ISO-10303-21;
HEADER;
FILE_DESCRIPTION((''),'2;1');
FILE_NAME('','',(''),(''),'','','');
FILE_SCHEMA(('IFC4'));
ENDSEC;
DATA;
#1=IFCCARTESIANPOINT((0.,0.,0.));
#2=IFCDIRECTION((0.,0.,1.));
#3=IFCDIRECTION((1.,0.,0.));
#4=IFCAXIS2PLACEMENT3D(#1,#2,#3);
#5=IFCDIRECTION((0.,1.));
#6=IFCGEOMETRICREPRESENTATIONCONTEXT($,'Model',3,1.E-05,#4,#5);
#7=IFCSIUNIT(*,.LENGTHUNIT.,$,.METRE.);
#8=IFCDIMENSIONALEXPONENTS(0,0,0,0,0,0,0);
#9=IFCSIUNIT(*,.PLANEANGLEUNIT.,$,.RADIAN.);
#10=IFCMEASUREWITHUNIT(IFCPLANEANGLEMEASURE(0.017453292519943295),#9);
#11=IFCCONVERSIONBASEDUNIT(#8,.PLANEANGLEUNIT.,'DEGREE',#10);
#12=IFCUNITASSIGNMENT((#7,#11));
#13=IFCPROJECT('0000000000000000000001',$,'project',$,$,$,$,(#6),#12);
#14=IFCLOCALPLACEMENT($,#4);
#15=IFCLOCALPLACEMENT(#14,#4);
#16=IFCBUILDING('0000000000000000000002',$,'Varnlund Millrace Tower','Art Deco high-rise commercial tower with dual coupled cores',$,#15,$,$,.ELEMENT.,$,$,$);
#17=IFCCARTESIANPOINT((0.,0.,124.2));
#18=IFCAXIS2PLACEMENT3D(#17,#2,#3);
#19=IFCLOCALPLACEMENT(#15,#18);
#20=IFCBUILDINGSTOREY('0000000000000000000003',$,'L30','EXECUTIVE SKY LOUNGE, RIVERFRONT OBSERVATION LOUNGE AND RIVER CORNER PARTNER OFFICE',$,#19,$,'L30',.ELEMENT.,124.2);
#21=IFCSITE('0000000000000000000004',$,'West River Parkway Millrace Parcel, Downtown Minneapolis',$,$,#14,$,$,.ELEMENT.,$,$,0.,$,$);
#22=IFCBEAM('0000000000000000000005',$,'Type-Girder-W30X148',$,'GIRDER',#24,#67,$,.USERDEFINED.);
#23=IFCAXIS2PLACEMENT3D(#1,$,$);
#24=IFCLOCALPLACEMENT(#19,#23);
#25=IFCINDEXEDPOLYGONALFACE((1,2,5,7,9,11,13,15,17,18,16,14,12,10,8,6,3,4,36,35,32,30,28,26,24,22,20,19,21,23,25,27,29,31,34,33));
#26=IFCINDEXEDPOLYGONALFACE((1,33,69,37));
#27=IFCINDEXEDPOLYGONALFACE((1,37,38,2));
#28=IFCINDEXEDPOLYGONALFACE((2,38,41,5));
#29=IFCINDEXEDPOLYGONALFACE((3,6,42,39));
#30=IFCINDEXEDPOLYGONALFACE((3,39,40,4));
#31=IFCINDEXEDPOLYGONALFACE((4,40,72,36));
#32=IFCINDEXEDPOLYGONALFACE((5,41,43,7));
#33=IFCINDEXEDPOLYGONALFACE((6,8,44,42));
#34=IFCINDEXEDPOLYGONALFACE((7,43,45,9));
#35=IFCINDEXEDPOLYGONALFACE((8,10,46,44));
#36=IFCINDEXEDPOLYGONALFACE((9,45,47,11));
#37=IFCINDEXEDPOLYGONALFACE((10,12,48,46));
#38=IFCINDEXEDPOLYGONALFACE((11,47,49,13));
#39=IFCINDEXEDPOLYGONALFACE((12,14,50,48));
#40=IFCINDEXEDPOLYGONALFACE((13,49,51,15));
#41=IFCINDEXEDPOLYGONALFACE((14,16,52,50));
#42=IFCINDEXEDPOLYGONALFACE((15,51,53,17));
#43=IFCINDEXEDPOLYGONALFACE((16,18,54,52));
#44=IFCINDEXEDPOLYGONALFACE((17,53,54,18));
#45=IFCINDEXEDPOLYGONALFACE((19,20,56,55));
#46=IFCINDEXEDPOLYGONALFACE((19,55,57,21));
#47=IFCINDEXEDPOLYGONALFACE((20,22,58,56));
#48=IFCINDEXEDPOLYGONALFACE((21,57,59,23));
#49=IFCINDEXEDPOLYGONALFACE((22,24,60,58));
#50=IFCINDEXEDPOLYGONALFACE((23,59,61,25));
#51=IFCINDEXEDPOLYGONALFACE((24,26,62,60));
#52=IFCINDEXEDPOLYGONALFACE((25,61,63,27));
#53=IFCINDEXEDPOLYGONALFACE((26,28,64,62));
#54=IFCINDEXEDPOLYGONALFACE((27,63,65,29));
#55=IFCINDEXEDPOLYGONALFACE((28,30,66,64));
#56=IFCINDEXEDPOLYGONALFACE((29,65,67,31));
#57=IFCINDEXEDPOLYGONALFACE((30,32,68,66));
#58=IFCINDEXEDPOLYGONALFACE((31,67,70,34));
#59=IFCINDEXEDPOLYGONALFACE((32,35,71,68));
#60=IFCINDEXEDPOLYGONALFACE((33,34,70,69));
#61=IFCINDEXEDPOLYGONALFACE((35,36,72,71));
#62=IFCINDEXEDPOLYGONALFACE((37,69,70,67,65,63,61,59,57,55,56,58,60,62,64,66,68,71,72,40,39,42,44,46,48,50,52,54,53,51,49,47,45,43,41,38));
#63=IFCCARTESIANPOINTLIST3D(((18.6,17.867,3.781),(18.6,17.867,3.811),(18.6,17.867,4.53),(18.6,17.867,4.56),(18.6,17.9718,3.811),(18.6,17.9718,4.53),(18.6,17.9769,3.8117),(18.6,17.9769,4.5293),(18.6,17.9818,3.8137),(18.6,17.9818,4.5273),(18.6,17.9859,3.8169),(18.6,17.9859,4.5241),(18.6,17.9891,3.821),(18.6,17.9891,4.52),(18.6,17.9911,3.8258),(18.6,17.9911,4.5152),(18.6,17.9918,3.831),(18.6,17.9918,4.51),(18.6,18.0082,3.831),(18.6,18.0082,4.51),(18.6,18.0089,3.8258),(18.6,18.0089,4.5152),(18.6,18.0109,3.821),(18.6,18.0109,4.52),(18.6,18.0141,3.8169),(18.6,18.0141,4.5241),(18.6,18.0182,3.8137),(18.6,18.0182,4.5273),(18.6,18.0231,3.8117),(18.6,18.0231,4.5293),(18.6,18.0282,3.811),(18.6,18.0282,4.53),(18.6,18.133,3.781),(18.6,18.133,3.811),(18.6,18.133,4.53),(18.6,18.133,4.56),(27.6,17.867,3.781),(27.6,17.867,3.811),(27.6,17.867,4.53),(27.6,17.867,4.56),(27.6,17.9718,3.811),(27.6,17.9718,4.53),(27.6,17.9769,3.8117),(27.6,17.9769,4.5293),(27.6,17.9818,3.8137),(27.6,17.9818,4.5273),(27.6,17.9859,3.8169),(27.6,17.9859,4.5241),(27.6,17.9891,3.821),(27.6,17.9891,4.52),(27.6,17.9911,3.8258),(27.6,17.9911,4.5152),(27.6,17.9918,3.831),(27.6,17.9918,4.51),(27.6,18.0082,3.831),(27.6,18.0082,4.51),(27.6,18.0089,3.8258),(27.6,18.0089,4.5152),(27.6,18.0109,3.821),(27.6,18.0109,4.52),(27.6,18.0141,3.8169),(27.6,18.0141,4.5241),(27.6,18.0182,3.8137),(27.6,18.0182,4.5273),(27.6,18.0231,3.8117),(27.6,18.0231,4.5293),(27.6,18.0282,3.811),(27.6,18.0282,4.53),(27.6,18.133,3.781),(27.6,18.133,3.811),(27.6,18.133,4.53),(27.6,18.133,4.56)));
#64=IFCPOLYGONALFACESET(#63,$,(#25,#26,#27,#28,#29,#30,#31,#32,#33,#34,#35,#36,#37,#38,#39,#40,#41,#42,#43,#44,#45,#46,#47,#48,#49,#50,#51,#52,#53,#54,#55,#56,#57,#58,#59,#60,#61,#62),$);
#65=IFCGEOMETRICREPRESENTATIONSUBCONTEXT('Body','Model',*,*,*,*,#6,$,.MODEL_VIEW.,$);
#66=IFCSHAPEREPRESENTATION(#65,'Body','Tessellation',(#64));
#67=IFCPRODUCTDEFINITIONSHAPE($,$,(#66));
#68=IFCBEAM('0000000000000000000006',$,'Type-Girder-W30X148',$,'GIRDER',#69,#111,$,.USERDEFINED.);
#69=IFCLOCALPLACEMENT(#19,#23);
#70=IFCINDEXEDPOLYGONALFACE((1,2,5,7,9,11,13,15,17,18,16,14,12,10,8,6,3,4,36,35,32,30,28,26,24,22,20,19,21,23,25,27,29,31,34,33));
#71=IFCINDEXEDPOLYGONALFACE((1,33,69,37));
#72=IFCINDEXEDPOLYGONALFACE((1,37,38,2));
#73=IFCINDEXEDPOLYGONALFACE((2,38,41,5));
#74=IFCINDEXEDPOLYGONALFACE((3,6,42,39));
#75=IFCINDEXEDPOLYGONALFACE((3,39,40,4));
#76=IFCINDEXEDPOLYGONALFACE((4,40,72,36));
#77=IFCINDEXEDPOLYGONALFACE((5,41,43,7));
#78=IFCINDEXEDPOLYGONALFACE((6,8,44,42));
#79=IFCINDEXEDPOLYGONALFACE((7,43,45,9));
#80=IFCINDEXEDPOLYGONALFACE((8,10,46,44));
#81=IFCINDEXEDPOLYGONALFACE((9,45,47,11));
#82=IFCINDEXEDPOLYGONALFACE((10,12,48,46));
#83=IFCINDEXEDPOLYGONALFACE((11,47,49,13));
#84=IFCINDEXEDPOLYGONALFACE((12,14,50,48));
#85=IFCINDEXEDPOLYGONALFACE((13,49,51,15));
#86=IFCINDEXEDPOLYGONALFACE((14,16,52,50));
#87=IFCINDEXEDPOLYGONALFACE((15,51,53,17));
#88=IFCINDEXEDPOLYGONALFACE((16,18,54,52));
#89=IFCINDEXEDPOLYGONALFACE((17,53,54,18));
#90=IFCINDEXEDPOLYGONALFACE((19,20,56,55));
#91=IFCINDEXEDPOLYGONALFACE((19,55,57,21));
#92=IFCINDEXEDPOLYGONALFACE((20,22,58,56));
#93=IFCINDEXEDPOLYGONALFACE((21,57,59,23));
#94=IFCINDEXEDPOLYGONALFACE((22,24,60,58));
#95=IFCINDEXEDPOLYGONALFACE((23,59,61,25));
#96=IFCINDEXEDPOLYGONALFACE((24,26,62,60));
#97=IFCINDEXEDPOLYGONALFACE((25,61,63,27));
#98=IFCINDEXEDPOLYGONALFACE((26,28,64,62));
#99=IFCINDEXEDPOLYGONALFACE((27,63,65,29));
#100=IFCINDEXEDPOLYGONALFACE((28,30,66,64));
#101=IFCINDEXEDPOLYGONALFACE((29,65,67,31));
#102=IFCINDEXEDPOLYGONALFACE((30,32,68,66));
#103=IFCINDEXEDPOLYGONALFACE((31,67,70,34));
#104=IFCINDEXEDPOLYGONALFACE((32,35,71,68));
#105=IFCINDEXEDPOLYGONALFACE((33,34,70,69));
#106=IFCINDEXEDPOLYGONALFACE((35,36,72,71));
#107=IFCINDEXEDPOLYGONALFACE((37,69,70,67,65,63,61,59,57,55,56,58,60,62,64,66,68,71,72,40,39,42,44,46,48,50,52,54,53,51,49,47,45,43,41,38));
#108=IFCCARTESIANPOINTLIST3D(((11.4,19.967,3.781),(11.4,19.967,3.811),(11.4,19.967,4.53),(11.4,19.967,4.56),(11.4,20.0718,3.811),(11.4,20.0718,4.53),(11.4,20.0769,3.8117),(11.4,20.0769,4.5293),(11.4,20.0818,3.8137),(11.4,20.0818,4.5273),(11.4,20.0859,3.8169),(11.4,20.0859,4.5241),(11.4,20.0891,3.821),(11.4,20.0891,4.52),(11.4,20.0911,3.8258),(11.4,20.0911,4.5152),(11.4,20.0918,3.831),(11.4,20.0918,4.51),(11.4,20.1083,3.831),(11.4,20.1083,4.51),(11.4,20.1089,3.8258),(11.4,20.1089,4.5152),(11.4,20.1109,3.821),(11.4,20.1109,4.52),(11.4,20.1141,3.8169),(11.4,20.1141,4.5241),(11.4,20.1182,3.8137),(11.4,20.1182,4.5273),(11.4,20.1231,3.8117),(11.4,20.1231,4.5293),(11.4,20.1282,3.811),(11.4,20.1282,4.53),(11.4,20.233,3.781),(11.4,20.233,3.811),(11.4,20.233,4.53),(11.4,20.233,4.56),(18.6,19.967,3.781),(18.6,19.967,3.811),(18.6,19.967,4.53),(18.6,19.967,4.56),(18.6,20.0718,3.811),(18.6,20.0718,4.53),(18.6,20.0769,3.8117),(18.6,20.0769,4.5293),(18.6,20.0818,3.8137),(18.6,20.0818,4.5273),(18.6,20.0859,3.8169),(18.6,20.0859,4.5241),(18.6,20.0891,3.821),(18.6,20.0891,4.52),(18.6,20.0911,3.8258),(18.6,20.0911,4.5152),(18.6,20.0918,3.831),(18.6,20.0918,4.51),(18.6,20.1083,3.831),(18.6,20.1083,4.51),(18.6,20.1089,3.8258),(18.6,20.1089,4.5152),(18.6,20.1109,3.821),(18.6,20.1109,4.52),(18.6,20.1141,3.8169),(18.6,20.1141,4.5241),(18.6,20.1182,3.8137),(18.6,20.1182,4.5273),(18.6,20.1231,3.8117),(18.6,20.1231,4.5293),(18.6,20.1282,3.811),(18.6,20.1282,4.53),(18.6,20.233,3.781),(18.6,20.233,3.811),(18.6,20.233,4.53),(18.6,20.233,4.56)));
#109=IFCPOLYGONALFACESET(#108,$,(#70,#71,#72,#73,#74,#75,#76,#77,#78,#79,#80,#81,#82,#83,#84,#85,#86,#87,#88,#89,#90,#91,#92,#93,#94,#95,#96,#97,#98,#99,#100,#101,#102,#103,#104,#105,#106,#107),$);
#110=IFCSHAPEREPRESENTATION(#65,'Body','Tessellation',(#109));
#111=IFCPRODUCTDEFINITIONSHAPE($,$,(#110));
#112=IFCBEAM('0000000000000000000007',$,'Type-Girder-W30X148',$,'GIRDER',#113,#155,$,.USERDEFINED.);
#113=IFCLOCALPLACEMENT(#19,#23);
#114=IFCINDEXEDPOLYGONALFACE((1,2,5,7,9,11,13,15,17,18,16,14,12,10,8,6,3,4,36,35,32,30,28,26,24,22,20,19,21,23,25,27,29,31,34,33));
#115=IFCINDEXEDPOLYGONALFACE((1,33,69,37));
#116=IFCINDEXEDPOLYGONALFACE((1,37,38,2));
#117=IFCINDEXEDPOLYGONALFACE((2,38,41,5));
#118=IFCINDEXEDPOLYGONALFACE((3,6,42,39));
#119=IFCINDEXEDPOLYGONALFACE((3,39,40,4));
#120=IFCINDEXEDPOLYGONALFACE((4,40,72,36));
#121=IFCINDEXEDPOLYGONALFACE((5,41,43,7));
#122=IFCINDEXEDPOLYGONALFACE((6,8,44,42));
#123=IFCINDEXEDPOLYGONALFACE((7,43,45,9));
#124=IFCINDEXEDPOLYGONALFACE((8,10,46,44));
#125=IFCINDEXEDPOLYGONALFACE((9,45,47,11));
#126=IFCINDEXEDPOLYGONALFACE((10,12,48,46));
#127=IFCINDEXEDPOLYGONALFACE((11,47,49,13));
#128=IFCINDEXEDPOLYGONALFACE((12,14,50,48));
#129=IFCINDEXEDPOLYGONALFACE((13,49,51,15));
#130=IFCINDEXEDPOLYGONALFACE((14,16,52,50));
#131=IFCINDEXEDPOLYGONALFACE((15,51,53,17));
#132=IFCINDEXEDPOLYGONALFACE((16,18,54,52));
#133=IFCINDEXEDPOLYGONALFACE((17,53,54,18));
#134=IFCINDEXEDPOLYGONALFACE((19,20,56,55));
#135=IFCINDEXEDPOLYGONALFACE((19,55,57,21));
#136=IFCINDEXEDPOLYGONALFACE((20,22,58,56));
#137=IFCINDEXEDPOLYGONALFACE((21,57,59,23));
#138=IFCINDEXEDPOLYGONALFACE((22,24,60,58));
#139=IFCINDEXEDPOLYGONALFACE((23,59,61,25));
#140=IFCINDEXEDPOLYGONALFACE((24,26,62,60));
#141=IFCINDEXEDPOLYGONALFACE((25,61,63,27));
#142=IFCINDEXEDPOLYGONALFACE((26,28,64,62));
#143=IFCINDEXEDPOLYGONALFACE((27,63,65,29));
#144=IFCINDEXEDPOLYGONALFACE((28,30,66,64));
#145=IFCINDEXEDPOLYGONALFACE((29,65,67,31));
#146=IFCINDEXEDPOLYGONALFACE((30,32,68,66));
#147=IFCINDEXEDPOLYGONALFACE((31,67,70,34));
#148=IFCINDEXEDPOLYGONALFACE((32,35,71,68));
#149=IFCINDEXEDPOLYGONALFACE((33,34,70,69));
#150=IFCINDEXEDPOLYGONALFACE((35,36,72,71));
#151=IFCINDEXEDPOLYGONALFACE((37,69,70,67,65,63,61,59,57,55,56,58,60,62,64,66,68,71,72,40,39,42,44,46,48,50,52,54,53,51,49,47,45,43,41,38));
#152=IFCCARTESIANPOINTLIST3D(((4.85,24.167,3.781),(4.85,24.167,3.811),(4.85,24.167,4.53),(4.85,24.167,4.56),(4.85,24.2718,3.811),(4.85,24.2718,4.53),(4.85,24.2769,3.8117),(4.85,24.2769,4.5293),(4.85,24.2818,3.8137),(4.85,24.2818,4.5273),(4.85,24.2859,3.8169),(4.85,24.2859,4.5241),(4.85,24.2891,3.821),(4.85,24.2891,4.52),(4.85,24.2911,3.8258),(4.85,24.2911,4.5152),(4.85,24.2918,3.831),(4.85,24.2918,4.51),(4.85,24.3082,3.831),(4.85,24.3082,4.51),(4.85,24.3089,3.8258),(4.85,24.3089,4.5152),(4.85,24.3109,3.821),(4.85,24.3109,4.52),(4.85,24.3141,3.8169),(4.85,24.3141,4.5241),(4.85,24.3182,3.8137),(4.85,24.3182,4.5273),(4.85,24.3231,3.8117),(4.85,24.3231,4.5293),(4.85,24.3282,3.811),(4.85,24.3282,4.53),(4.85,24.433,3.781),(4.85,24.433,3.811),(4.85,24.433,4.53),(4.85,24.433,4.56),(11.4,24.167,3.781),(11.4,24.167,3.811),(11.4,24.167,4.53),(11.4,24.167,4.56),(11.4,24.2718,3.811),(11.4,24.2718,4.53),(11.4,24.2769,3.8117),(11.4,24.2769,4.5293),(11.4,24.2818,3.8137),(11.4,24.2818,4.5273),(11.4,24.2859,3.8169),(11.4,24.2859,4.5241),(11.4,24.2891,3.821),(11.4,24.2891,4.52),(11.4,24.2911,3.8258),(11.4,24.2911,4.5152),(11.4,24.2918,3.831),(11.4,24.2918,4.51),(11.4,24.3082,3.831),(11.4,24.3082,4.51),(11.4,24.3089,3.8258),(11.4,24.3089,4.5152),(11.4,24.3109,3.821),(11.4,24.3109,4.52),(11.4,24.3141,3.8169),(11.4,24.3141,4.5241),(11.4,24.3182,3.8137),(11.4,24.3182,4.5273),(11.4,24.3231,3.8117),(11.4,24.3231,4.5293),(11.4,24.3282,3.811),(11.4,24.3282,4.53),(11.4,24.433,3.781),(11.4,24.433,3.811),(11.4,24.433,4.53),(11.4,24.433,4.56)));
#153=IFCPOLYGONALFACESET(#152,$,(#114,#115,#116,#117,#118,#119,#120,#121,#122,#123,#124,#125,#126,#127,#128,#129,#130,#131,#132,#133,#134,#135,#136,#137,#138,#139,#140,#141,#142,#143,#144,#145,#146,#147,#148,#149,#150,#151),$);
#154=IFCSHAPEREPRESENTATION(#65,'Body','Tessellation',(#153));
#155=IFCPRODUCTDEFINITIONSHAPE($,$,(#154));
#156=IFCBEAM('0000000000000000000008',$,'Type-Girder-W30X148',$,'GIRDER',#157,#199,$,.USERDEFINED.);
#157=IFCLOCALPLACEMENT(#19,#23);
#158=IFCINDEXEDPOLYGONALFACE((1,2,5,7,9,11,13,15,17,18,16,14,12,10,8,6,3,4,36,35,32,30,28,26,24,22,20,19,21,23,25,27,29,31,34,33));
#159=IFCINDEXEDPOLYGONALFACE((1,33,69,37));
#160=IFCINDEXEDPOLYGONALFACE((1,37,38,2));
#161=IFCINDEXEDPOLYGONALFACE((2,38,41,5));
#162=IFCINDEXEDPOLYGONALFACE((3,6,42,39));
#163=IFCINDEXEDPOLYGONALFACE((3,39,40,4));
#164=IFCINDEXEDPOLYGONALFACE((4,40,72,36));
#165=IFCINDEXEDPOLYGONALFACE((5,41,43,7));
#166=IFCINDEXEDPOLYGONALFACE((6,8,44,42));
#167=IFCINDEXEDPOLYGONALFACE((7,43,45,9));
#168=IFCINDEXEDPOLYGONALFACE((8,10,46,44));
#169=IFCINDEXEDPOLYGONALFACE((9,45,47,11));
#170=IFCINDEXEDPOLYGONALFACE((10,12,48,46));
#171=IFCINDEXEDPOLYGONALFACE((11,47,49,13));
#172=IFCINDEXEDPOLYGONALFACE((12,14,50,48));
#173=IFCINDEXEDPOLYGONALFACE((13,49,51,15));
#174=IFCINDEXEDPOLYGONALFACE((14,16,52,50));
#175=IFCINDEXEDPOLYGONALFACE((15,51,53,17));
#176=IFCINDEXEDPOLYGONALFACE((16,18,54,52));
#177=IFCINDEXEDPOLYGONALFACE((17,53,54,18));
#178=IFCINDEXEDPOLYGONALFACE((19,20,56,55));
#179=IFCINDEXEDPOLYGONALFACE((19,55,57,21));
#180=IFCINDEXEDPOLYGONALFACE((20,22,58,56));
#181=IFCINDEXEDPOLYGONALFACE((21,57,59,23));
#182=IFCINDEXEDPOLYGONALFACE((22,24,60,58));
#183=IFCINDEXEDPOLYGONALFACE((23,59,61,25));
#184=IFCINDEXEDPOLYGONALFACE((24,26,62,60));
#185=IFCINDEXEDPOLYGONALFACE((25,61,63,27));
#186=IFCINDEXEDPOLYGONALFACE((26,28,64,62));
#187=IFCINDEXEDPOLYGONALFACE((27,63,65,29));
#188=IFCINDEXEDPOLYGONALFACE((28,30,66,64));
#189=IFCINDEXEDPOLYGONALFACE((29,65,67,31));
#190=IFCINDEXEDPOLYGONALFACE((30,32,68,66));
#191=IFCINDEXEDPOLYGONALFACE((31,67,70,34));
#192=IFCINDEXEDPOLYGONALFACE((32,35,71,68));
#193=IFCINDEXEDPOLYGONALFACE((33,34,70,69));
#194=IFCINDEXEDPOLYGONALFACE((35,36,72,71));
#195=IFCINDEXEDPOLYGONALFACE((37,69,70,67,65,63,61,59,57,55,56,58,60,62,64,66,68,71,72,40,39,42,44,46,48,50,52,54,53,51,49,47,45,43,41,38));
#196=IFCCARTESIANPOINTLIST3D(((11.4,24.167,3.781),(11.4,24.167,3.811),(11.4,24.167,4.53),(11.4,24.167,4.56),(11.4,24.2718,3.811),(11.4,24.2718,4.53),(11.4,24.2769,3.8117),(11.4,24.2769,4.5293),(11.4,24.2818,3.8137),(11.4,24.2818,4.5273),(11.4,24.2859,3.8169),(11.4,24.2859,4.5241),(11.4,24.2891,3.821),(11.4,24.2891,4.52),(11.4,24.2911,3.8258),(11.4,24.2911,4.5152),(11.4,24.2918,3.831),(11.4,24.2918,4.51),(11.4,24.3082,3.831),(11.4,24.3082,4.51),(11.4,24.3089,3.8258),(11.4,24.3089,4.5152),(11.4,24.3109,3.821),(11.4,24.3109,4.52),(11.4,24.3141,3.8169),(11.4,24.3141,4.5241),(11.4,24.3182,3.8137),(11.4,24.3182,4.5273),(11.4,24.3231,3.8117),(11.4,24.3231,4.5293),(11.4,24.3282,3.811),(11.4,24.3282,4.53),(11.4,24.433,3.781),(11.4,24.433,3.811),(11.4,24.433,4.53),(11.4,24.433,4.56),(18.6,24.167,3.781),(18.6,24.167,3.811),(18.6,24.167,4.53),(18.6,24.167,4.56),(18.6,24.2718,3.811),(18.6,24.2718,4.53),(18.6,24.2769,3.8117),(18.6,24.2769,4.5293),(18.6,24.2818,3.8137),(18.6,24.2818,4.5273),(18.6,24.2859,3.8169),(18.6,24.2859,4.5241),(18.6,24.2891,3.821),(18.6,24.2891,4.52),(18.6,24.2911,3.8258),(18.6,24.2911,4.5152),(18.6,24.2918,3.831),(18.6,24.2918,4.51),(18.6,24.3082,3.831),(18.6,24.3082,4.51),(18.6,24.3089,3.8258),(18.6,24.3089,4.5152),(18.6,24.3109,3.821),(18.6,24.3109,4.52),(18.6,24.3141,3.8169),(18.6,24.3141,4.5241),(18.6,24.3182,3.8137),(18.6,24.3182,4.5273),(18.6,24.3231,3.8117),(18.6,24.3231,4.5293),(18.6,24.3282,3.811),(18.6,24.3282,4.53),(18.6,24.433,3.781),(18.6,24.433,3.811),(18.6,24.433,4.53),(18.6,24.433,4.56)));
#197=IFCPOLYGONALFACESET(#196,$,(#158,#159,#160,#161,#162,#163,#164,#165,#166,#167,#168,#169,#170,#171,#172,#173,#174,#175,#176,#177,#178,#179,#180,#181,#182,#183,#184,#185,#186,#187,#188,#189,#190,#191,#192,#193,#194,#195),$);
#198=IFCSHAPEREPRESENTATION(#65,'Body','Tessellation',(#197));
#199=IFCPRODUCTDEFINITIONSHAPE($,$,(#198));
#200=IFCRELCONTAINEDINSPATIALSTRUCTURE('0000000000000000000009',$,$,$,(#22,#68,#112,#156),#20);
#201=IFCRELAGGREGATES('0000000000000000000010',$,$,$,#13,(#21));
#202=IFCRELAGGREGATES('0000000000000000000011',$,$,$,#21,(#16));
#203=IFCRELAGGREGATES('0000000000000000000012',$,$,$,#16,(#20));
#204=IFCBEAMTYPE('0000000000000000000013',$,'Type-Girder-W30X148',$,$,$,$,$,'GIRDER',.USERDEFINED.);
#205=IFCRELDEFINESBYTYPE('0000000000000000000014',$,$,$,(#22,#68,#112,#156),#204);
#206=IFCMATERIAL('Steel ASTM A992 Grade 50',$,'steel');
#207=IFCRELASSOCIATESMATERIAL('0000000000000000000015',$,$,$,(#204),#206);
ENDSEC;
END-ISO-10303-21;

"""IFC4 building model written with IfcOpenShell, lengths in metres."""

from ifc_helpers import new_model, entity, si_unit, converted_unit, direction, frame, origin_with_axes, origin_2d_with_axis, place, context, subcontext, project, spatial, i_section, extrude, material, material_profile, profile_set, type_object, element, save


model = new_model("IFC4")

# Units and contexts
model_context = context("Model", 3, precision=1e-05, world=origin_with_axes(), true_north=direction((0.0, 1.0)))
body_context = subcontext(model_context, "Body", "Model", "MODEL_VIEW")
ifc_project = project(units=[si_unit("LENGTHUNIT", "METRE"), converted_unit("PLANEANGLEUNIT", "DEGREE", entity("IfcPlaneAngleMeasure", 0.017453292519943295), si_unit("PLANEANGLEUNIT", "RADIAN"), dimensions=[0, 0, 0, 0, 0, 0, 0])], contexts=[model_context])

# Site, building, storey
site_placement = place(None, origin_with_axes())
site = spatial("IfcSite", under=ifc_project, at=site_placement, Name="West River Parkway Millrace Parcel, Downtown Minneapolis", CompositionType="ELEMENT", RefElevation=0.0)
building_placement = place(site_placement, origin_with_axes())
building = spatial("IfcBuilding", under=site, at=building_placement, Name="Varnlund Millrace Tower", Description="Art Deco high-rise commercial tower with dual coupled cores", CompositionType="ELEMENT")
storey_placement = place(building_placement, frame((0.0, 0.0, 124.2), z_axis=(0.0, 0.0, 1.0), x_axis=(1.0, 0.0, 0.0)))
storey = spatial("IfcBuildingStorey", under=building, at=storey_placement, Name="L30", Description="EXECUTIVE SKY LOUNGE, RIVERFRONT OBSERVATION LOUNGE AND RIVER CORNER PARTNER OFFICE", LongName="L30", CompositionType="ELEMENT", Elevation=124.2)

# Beams
ifc_material_1 = material(Name="Steel ASTM A992 Grade 50", Category="steel")
ifc_material_profile_1 = material_profile(ifc_material_1, i_section(OverallWidth=0.266, OverallDepth=0.779, WebThickness=0.0165, FlangeThickness=0.03, FilletRadius=0.02, at=origin_2d_with_axis()), Name="Steel ASTM A992 Grade 50")
ifc_profile_set_1 = profile_set([ifc_material_profile_1], Name="Steel ASTM A992 Grade 50")
beam_type_1 = type_object("IfcBeamType", Name="Type-Girder-W30X148", ElementType="GIRDER", PredefinedType="USERDEFINED", material=ifc_profile_set_1)
beam_1_placement = place(storey_placement, frame((18.6, 18.0, 4.1705), z_axis=(1.0, 0.0, 0.0), x_axis=(0.0, 1.0, 0.0)))
element("IfcBeam", 1, at=beam_1_placement, inside=storey, type_object=beam_type_1, Name="Type-Girder-W30X148", ObjectType="GIRDER", PredefinedType="USERDEFINED", context=body_context, shape_type="SweptSolid", body=[
    extrude(i_section(OverallWidth=0.266, OverallDepth=0.779, WebThickness=0.0165, FlangeThickness=0.03, FilletRadius=0.02, at=origin_2d_with_axis()), origin_with_axes(), (0.0, 0.0, 1.0), 9.0),
])
beam_2_placement = place(storey_placement, frame((11.4, 20.1, 4.1705), z_axis=(1.0, 0.0, 0.0), x_axis=(0.0, 1.0, 0.0)))
element("IfcBeam", 2, at=beam_2_placement, inside=storey, type_object=beam_type_1, Name="Type-Girder-W30X148", ObjectType="GIRDER", PredefinedType="USERDEFINED", context=body_context, shape_type="SweptSolid", body=[
    extrude(i_section(OverallWidth=0.266, OverallDepth=0.779, WebThickness=0.0165, FlangeThickness=0.03, FilletRadius=0.02, at=origin_2d_with_axis()), origin_with_axes(), (0.0, 0.0, 1.0), 7.2),
])
beam_3_placement = place(storey_placement, frame((4.85, 24.3, 4.1705), z_axis=(1.0, 0.0, 0.0), x_axis=(0.0, 1.0, 0.0)))
element("IfcBeam", 3, at=beam_3_placement, inside=storey, type_object=beam_type_1, Name="Type-Girder-W30X148", ObjectType="GIRDER", PredefinedType="USERDEFINED", context=body_context, shape_type="SweptSolid", body=[
    extrude(i_section(OverallWidth=0.266, OverallDepth=0.779, WebThickness=0.0165, FlangeThickness=0.03, FilletRadius=0.02, at=origin_2d_with_axis()), origin_with_axes(), (0.0, 0.0, 1.0), 6.55),
])
beam_4_placement = place(storey_placement, frame((11.4, 24.3, 4.1705), z_axis=(1.0, 0.0, 0.0), x_axis=(0.0, 1.0, 0.0)))
element("IfcBeam", 4, at=beam_4_placement, inside=storey, type_object=beam_type_1, Name="Type-Girder-W30X148", ObjectType="GIRDER", PredefinedType="USERDEFINED", context=body_context, shape_type="SweptSolid", body=[
    extrude(i_section(OverallWidth=0.266, OverallDepth=0.779, WebThickness=0.0165, FlangeThickness=0.03, FilletRadius=0.02, at=origin_2d_with_axis()), origin_with_axes(), (0.0, 0.0, 1.0), 7.2),
])

save(model, "model.ifc")
